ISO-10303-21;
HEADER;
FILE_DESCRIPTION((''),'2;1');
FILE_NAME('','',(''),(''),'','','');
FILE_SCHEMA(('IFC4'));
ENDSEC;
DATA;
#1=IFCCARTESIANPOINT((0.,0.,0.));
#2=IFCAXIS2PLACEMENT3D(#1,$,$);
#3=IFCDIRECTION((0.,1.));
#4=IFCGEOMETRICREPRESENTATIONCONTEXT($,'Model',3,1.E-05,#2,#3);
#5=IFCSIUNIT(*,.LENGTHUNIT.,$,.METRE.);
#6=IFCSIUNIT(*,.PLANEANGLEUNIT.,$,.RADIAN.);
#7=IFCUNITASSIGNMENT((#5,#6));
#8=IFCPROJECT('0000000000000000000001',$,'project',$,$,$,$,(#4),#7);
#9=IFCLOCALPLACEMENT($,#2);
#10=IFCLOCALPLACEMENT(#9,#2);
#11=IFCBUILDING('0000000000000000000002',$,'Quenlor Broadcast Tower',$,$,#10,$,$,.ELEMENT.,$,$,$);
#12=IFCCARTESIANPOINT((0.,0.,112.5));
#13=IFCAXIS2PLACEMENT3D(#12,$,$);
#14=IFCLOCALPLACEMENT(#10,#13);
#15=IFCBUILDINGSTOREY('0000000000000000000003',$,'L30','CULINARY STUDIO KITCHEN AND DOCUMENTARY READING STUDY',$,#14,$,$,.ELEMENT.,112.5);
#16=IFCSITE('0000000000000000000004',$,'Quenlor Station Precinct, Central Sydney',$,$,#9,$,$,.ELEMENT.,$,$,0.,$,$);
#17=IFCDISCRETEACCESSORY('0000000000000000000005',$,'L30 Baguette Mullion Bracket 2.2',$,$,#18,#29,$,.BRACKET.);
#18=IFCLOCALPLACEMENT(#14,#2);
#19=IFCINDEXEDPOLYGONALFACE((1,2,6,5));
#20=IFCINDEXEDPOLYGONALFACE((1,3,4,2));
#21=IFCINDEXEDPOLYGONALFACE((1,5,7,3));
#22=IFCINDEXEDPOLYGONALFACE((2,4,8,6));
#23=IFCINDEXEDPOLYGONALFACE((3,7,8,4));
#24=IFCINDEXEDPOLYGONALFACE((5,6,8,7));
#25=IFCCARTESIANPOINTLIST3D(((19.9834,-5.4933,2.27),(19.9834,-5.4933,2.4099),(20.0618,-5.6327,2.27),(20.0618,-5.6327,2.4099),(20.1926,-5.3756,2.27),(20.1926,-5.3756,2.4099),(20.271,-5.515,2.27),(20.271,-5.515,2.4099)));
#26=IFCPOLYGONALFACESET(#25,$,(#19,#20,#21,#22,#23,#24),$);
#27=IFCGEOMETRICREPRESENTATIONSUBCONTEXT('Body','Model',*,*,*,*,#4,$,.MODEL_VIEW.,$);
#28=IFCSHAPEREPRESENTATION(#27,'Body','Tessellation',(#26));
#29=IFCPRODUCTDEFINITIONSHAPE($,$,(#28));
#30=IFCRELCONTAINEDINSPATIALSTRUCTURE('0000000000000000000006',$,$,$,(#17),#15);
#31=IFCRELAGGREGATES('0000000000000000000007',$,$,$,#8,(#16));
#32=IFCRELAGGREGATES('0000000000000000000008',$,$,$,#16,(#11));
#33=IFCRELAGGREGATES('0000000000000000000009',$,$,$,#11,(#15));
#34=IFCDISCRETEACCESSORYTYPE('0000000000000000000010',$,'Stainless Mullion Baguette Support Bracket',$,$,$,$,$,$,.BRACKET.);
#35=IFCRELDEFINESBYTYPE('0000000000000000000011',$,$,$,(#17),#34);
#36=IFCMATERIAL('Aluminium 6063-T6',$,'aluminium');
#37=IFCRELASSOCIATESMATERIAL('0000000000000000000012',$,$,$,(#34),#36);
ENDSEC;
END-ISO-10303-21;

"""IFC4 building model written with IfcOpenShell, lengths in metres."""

from ifc_helpers import new_model, si_unit, direction, frame, origin, origin_2d, place, context, subcontext, project, spatial, rectangle, extrude, material, type_object, element, save


model = new_model("IFC4")

# Units and contexts
model_context = context("Model", 3, precision=1e-05, world=origin(), true_north=direction((0.0, 1.0)))
body_context = subcontext(model_context, "Body", "Model", "MODEL_VIEW")
ifc_project = project(units=[si_unit("LENGTHUNIT", "METRE"), si_unit("PLANEANGLEUNIT", "RADIAN")], contexts=[model_context])

# Site, building, storey
site_placement = place(None, origin())
site = spatial("IfcSite", under=ifc_project, at=site_placement, Name="Quenlor Station Precinct, Central Sydney", CompositionType="ELEMENT", RefElevation=0.0)
building_placement = place(site_placement, origin())
building = spatial("IfcBuilding", under=site, at=building_placement, Name="Quenlor Broadcast Tower", CompositionType="ELEMENT")
storey_placement = place(building_placement, frame((0.0, 0.0, 112.5)))
storey = spatial("IfcBuildingStorey", under=building, at=storey_placement, Name="L30", Description="CULINARY STUDIO KITCHEN AND DOCUMENTARY READING STUDY", CompositionType="ELEMENT", Elevation=112.5)

# Discrete accessory
ifc_material_1 = material(Name="Aluminium 6063-T6", Category="aluminium")
discrete_accessory_type = type_object("IfcDiscreteAccessoryType", Name="Stainless Mullion Baguette Support Bracket", PredefinedType="BRACKET", material=ifc_material_1)
for number, where, z_axis, x_axis, name in (
    (1, (20.1272, -5.5042, 2.27), (0.0, 0.0, 1.0), (0.490277, -0.871567, 0.0), "L30 Baguette Mullion Bracket 2.2"),
):
    element("IfcDiscreteAccessory", number, at=place(storey_placement, frame(where, z_axis=z_axis, x_axis=x_axis)), inside=storey, type_object=discrete_accessory_type, Name=name, PredefinedType="BRACKET", context=body_context, shape_type="SweptSolid", body=[
        extrude(rectangle(XDim=0.1599, YDim=0.24, at=origin_2d()), origin(), (0.0, 0.0, 1.0), 0.1399),
    ])

save(model, "model.ifc")
